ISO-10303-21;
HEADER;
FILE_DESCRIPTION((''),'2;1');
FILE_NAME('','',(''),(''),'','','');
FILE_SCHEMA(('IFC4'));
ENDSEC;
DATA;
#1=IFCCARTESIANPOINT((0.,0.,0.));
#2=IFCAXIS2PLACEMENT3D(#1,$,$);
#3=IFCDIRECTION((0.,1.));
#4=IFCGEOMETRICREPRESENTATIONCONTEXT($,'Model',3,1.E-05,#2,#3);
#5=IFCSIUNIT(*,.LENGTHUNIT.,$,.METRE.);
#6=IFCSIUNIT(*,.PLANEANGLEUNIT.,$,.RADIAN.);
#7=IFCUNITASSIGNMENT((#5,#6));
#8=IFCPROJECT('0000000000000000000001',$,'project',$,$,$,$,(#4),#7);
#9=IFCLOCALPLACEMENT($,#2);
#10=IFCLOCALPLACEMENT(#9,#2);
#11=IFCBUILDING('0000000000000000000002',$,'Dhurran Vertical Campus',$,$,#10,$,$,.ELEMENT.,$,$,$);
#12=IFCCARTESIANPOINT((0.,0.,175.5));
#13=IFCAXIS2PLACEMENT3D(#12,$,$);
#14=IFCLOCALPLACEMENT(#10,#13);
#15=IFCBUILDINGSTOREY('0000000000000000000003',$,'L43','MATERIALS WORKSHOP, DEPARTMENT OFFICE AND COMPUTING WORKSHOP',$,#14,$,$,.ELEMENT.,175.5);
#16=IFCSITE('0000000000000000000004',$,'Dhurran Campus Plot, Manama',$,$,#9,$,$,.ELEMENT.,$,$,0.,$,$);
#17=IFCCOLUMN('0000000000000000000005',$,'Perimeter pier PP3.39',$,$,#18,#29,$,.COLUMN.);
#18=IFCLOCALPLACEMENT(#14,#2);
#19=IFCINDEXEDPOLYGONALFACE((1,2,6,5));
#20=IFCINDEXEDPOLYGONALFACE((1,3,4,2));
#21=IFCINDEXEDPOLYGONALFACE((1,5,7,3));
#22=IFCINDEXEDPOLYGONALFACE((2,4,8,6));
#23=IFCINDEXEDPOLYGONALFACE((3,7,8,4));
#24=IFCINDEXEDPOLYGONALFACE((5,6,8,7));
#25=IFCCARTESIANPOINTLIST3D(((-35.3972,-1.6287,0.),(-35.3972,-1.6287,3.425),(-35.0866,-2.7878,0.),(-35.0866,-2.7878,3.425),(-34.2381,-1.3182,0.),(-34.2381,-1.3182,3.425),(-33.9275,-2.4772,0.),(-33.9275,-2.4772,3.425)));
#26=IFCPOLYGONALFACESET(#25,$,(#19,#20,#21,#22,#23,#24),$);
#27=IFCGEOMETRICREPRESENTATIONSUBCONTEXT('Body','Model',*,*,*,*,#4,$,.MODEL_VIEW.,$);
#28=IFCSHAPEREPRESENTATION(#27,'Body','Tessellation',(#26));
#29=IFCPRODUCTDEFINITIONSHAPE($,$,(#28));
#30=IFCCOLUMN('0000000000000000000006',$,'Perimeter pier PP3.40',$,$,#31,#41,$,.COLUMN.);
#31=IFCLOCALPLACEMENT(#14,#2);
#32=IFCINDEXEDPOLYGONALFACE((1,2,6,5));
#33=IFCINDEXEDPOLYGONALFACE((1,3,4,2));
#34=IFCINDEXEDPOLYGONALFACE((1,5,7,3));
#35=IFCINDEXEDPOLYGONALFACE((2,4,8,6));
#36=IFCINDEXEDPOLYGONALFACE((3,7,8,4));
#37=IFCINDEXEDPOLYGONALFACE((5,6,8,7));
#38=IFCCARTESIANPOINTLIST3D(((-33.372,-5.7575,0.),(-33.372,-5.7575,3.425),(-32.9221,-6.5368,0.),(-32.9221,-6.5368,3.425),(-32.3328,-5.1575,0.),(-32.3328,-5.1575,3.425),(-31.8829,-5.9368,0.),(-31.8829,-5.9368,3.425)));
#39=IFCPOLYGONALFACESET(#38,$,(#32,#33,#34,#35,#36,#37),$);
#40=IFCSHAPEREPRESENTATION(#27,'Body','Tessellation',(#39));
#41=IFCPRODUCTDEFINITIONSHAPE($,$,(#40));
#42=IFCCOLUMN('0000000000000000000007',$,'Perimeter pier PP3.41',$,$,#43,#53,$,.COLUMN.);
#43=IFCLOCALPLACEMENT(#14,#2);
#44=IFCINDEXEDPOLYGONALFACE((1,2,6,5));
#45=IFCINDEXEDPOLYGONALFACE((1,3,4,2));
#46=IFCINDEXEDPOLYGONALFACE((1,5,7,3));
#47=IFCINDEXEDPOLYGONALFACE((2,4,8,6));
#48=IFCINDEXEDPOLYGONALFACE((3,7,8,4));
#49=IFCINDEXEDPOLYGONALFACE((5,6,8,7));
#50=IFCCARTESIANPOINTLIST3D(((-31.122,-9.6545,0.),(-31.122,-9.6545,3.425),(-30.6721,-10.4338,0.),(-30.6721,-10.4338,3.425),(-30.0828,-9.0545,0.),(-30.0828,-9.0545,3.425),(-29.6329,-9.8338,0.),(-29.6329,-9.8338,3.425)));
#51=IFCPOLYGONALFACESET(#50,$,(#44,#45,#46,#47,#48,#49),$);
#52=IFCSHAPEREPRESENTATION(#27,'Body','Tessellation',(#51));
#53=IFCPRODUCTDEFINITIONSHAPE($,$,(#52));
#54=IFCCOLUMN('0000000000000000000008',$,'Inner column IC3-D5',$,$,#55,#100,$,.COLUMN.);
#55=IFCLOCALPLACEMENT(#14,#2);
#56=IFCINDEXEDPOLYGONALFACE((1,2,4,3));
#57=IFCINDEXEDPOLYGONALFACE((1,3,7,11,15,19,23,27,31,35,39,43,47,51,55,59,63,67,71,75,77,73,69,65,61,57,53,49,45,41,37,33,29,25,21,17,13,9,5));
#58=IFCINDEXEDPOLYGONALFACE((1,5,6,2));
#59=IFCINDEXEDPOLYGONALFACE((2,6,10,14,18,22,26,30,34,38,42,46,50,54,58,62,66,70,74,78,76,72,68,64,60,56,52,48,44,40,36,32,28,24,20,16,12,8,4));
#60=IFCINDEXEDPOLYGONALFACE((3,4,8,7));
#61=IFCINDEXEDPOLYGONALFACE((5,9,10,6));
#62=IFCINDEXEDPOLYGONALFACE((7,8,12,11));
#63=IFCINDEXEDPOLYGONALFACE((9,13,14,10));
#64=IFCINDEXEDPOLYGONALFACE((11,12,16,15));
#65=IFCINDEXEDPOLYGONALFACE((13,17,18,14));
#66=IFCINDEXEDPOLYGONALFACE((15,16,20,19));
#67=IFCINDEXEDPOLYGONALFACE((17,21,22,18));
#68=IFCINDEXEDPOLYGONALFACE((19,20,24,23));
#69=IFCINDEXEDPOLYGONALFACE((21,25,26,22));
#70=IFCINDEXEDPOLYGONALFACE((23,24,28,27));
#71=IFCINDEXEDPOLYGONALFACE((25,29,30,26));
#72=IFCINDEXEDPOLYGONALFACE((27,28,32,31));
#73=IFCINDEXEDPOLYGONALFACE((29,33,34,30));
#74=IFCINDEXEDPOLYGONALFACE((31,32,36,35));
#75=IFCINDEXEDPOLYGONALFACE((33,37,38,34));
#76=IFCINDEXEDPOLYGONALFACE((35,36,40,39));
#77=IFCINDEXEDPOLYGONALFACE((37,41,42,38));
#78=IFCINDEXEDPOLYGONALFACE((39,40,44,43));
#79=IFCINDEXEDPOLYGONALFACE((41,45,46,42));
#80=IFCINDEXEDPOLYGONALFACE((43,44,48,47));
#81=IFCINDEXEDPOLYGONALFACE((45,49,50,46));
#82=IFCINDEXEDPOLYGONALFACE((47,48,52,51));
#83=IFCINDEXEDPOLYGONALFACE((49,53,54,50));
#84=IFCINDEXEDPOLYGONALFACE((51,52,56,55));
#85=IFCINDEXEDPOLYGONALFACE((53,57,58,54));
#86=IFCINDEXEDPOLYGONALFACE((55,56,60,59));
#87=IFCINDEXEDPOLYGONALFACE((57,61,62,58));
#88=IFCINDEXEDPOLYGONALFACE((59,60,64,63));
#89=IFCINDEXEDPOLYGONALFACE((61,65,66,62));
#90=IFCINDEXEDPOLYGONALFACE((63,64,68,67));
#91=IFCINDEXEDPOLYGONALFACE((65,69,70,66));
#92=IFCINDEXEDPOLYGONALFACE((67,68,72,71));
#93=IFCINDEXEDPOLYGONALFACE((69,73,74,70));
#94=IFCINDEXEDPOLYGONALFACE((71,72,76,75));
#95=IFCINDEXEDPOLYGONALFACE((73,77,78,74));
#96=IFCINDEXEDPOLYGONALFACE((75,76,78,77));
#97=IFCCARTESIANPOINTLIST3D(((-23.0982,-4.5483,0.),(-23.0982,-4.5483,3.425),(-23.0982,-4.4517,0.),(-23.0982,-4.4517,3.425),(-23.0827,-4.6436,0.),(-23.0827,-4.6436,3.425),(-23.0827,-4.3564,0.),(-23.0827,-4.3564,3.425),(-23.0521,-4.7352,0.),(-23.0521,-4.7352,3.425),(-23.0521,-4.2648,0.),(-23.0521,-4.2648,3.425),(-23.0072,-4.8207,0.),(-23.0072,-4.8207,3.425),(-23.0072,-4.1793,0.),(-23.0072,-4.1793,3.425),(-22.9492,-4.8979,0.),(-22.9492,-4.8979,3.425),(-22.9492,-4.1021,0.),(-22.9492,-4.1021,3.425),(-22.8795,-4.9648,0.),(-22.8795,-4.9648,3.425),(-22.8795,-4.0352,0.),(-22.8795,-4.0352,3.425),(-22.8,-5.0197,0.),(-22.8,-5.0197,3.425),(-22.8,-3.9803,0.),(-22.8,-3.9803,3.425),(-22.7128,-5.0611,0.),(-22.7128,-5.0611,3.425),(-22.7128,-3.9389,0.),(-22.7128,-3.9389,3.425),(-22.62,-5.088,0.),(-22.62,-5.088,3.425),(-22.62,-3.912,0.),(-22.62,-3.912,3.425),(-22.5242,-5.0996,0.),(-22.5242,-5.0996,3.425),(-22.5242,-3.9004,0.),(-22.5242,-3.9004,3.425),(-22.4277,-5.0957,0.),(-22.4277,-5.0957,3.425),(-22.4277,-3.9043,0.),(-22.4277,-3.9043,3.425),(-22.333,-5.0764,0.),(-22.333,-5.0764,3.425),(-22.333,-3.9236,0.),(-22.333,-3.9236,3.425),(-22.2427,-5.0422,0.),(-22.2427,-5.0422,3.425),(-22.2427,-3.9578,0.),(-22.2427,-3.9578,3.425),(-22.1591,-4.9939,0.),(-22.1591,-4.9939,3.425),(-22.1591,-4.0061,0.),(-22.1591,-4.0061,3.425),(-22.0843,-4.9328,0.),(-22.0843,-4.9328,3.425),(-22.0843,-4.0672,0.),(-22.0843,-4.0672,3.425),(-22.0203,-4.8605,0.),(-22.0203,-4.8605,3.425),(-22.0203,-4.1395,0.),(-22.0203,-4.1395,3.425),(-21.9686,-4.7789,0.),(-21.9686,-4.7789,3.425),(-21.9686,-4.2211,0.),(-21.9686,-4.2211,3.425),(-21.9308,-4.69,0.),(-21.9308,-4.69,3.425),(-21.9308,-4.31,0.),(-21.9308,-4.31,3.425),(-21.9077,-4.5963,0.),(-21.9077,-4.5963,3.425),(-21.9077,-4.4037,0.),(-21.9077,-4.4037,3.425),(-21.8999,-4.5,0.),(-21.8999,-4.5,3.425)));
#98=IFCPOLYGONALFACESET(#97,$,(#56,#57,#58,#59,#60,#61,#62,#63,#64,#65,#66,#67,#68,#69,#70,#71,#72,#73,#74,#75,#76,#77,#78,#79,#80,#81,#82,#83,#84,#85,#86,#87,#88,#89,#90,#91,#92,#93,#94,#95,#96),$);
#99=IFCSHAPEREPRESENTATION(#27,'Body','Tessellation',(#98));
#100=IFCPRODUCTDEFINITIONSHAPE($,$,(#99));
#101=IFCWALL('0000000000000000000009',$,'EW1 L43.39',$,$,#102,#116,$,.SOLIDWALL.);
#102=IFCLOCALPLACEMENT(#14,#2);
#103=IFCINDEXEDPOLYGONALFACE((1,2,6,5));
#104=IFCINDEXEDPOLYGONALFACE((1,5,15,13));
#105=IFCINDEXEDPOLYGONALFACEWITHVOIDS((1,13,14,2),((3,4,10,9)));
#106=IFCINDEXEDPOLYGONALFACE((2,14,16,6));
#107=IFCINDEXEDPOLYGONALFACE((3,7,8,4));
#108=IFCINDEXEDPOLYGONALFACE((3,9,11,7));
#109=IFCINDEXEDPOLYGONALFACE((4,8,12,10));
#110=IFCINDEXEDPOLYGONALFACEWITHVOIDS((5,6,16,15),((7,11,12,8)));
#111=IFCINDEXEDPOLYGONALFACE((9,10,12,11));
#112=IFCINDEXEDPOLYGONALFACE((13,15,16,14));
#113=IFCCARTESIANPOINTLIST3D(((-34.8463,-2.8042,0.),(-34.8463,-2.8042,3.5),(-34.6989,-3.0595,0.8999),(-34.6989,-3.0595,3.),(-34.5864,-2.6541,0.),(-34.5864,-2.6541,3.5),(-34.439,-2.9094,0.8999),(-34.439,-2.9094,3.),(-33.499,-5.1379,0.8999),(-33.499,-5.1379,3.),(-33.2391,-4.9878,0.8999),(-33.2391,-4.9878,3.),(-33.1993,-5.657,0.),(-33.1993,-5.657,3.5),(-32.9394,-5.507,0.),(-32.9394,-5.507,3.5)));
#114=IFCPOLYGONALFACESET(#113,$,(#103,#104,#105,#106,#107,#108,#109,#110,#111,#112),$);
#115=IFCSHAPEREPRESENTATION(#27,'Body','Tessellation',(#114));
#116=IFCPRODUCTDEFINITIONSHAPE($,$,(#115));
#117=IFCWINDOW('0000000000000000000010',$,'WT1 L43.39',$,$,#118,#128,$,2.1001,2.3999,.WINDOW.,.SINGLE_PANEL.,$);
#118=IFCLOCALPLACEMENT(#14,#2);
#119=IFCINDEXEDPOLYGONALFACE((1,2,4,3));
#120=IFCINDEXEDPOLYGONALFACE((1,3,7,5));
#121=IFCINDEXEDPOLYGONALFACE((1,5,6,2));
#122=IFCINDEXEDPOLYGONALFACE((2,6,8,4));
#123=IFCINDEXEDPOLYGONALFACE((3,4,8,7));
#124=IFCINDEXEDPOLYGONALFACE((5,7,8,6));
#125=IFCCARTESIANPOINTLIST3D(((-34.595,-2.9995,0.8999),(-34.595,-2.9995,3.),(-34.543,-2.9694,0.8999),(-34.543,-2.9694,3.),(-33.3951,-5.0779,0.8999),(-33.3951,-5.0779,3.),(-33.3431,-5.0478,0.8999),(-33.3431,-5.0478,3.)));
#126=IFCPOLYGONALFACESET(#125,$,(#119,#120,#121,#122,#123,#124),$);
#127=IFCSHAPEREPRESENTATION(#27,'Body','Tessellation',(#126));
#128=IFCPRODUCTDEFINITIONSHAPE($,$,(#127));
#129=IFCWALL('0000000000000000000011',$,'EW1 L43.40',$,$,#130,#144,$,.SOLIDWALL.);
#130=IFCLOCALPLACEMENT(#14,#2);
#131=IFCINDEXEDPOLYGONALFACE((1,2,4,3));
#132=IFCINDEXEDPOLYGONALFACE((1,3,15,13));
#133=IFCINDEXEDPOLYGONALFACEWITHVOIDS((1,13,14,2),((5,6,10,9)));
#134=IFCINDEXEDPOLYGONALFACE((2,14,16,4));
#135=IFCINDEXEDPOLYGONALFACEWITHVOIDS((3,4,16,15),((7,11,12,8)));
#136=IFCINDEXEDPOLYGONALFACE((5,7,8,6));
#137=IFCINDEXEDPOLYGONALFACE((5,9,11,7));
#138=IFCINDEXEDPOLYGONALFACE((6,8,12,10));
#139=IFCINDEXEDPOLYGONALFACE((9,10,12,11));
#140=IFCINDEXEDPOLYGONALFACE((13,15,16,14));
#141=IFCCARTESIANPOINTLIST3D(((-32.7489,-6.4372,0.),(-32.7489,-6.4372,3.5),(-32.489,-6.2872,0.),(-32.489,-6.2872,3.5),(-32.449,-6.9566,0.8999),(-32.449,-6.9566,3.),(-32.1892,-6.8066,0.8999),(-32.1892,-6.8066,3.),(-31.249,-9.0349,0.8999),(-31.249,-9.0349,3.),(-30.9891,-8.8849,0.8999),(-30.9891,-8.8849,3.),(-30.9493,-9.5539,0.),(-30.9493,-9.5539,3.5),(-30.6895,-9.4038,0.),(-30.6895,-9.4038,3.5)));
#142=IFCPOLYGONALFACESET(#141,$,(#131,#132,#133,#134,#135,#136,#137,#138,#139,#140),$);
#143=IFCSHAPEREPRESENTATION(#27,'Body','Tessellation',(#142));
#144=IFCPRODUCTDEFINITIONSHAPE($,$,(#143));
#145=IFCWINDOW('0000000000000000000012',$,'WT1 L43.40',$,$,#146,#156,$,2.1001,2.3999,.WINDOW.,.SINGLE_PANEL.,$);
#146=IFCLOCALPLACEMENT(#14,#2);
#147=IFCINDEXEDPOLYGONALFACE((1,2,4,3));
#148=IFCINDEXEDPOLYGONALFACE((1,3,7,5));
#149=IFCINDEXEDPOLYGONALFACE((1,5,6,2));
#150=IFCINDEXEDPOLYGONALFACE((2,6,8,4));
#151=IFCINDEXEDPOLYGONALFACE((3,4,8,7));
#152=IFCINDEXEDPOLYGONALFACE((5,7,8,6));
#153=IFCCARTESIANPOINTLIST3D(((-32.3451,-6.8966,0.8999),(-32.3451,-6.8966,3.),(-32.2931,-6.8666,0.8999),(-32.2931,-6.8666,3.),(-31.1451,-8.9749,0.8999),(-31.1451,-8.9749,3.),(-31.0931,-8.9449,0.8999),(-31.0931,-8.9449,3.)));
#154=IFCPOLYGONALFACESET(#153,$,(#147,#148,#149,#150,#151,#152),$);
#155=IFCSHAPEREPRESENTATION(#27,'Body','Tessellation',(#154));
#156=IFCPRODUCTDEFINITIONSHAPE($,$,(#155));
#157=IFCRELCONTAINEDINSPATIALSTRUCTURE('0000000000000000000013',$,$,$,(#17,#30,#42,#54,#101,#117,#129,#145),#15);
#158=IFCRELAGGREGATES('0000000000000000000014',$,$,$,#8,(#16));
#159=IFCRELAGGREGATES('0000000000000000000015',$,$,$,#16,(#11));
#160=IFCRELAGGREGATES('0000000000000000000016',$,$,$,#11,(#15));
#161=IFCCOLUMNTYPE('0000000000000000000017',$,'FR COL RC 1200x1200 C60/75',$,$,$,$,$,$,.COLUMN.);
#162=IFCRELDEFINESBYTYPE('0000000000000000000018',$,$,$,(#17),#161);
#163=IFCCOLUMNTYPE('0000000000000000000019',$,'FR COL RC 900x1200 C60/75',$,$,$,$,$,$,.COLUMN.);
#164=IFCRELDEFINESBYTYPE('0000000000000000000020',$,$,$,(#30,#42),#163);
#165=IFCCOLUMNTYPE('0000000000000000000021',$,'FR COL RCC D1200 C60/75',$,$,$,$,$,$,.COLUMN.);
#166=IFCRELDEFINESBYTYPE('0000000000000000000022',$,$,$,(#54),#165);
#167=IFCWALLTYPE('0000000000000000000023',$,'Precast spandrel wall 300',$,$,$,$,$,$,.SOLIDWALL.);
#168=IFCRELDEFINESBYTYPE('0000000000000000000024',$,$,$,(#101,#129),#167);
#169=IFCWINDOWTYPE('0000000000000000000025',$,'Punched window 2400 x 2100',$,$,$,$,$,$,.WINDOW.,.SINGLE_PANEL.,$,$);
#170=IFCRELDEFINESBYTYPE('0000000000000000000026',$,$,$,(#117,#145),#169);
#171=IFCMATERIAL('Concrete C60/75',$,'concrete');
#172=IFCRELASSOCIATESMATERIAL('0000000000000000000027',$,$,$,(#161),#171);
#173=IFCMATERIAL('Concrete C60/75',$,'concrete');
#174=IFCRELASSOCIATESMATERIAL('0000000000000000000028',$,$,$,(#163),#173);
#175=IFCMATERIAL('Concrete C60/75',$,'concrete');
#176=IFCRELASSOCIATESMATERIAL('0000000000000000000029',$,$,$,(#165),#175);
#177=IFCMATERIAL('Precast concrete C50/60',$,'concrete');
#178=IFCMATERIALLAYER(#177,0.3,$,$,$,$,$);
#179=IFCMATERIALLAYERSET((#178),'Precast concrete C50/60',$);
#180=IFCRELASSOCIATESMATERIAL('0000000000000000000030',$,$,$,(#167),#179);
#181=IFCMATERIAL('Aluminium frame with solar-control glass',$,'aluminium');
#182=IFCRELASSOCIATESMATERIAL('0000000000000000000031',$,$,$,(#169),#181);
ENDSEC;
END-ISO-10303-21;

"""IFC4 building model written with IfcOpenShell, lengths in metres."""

from ifc_helpers import new_model, si_unit, direction, frame, frame_2d, origin, origin_2d, place, context, subcontext, project, spatial, rectangle, circle, extrude, material, layer, layer_set, material_profile, profile_set, type_object, element, fill, save


model = new_model("IFC4")

# Units and contexts
model_context = context("Model", 3, precision=1e-05, world=origin(), true_north=direction((0.0, 1.0)))
body_context = subcontext(model_context, "Body", "Model", "MODEL_VIEW")
ifc_project = project(units=[si_unit("LENGTHUNIT", "METRE"), si_unit("PLANEANGLEUNIT", "RADIAN")], contexts=[model_context])

# Site, building, storey
site_placement = place(None, origin())
site = spatial("IfcSite", under=ifc_project, at=site_placement, Name="Dhurran Campus Plot, Manama", CompositionType="ELEMENT", RefElevation=0.0)
building_placement = place(site_placement, origin())
building = spatial("IfcBuilding", under=site, at=building_placement, Name="Dhurran Vertical Campus", CompositionType="ELEMENT")
storey_placement = place(building_placement, frame((0.0, 0.0, 175.5)))
storey = spatial("IfcBuildingStorey", under=building, at=storey_placement, Name="L43", Description="MATERIALS WORKSHOP, DEPARTMENT OFFICE AND COMPUTING WORKSHOP", CompositionType="ELEMENT", Elevation=175.5)

# Columns
ifc_material_1 = material(Name="Concrete C60/75", Category="concrete")
ifc_material_profile_1 = material_profile(ifc_material_1, rectangle(XDim=1.2, YDim=1.2, at=origin_2d()), Name="RC 1200x1200")
ifc_profile_set_1 = profile_set([ifc_material_profile_1], Name="Concrete C60/75")
column_type_1 = type_object("IfcColumnType", Name="FR COL RC 1200x1200 C60/75", PredefinedType="COLUMN", material=ifc_profile_set_1)
column_1_placement = place(storey_placement, frame((-34.6624, -2.053, 0.0), z_axis=(0.0, 0.0, 1.0), x_axis=(0.258819, -0.965926, 0.0)))
element("IfcColumn", 1, at=column_1_placement, inside=storey, type_object=column_type_1, Name="Perimeter pier PP3.39", PredefinedType="COLUMN", context=body_context, shape_type="SweptSolid", body=[
    extrude(rectangle(XDim=1.2, YDim=1.2, at=origin_2d()), origin(), (0.0, 0.0, 1.0), 3.425),
])
ifc_material_2 = material(Name="Concrete C60/75", Category="concrete")
ifc_material_profile_2 = material_profile(ifc_material_2, rectangle(XDim=0.8999, YDim=1.2, at=origin_2d()), Name="RC 900x1200")
ifc_profile_set_2 = profile_set([ifc_material_profile_2], Name="Concrete C60/75")
column_type_2 = type_object("IfcColumnType", Name="FR COL RC 900x1200 C60/75", PredefinedType="COLUMN", material=ifc_profile_set_2)
for number, where, z_axis, x_axis, name in (
    (2, (-32.6274, -5.8472, 0.0), (0.0, 0.0, 1.0), (0.5, -0.866025, 0.0), "Perimeter pier PP3.40"),
    (3, (-30.3774, -9.7441, 0.0), (0.0, 0.0, 1.0), (0.5, -0.866025, 0.0), "Perimeter pier PP3.41"),
):
    element("IfcColumn", number, at=place(storey_placement, frame(where, z_axis=z_axis, x_axis=x_axis)), inside=storey, type_object=column_type_2, Name=name, PredefinedType="COLUMN", context=body_context, shape_type="SweptSolid", body=[
        extrude(rectangle(XDim=0.8999, YDim=1.2, at=origin_2d()), origin(), (0.0, 0.0, 1.0), 3.425),
    ])
ifc_material_3 = material(Name="Concrete C60/75", Category="concrete")
ifc_material_profile_3 = material_profile(ifc_material_3, circle(Radius=0.6001, at=origin_2d()), Name="RCC D1200")
ifc_profile_set_3 = profile_set([ifc_material_profile_3], Name="Concrete C60/75")
column_type_3 = type_object("IfcColumnType", Name="FR COL RCC D1200 C60/75", PredefinedType="COLUMN", material=ifc_profile_set_3)
column_2_placement = place(storey_placement, frame((-22.5, -4.5, 0.0), z_axis=(0.0, 0.0, 1.0), x_axis=(1.0, 0.0, 0.0)))
element("IfcColumn", 4, at=column_2_placement, inside=storey, type_object=column_type_3, Name="Inner column IC3-D5", PredefinedType="COLUMN", context=body_context, shape_type="SweptSolid", body=[
    extrude(circle(Radius=0.6001, at=origin_2d()), origin(), (0.0, 0.0, 1.0), 3.425),
])

# Walls, openings, windows
ifc_material_4 = material(Name="Precast concrete C50/60", Category="concrete")
ifc_layer_1 = layer(ifc_material_4, 0.3)
ifc_layer_set_1 = layer_set([ifc_layer_1], Name="Precast concrete C50/60")
wall_type_1 = type_object("IfcWallType", Name="Precast spandrel wall 300", PredefinedType="SOLIDWALL", material=ifc_layer_set_1)
wall_1_placement = place(storey_placement, frame((-34.7163, -2.7292, 0.0), z_axis=(0.0, 0.0, 1.0), x_axis=(0.499981, -0.866036, 0.0)))
wall_1 = element("IfcWall", 5, at=wall_1_placement, inside=storey, type_object=wall_type_1, Name="EW1 L43.39", PredefinedType="SOLIDWALL", context=body_context, shape_type="SweptSolid", body=[
    extrude(rectangle(XDim=3.2942, YDim=0.3, at=frame_2d((1.647, 0.0))), origin(), (0.0, 0.0, 1.0), 3.5),
])
opening_1_placement = place(wall_1_placement, frame((0.2947, 0.0, 0.8999)))
opening_1 = element("IfcOpeningElement", 6, at=opening_1_placement, cuts=wall_1, PredefinedType="OPENING", context=body_context, shape_type="SweptSolid", body=[
    extrude(rectangle(XDim=2.3999, YDim=2.1001, at=frame_2d((1.2, 1.05))), frame((0.0, 0.1599, 0.0), z_axis=(0.0, -1.0, 0.0), x_axis=(1.0, 0.0, 0.0)), (0.0, 0.0, 1.0), 0.3201),
])
ifc_material_5 = material(Name="Aluminium frame with solar-control glass", Category="aluminium")
window_type = type_object("IfcWindowType", Name="Punched window 2400 x 2100", PartitioningType="SINGLE_PANEL", PredefinedType="WINDOW", material=ifc_material_5)
window_1_placement = place(opening_1_placement, origin())
window_1 = element("IfcWindow", 7, at=window_1_placement, inside=storey, type_object=window_type, Name="WT1 L43.39", OverallHeight=2.1001, OverallWidth=2.3999, PartitioningType="SINGLE_PANEL", PredefinedType="WINDOW", context=body_context, shape_type="SweptSolid", body=[
    extrude(rectangle(XDim=2.3999, YDim=2.1001, at=frame_2d((1.2, 1.05))), frame((0.0, 0.03, 0.0), z_axis=(0.0, -1.0, 0.0), x_axis=(1.0, 0.0, 0.0)), (0.0, 0.0, 1.0), 0.0601),
])
fill(opening_1, window_1)
wall_2_placement = place(storey_placement, frame((-32.6189, -6.3623, 0.0), z_axis=(0.0, 0.0, 1.0), x_axis=(0.500028, -0.866009, 0.0)))
wall_2 = element("IfcWall", 8, at=wall_2_placement, inside=storey, type_object=wall_type_1, Name="EW1 L43.40", PredefinedType="SOLIDWALL", context=body_context, shape_type="SweptSolid", body=[
    extrude(rectangle(XDim=3.5989, YDim=0.3, at=frame_2d((1.7993, 0.0))), origin(), (0.0, 0.0, 1.0), 3.5),
])
opening_2_placement = place(wall_2_placement, frame((0.5996, 0.0, 0.8999)))
opening_2 = element("IfcOpeningElement", 9, at=opening_2_placement, cuts=wall_2, PredefinedType="OPENING", context=body_context, shape_type="SweptSolid", body=[
    extrude(rectangle(XDim=2.3999, YDim=2.1001, at=frame_2d((1.2, 1.05))), frame((0.0, 0.1599, 0.0), z_axis=(0.0, -1.0, 0.0), x_axis=(1.0, 0.0, 0.0)), (0.0, 0.0, 1.0), 0.3201),
])
window_2_placement = place(opening_2_placement, origin())
window_2 = element("IfcWindow", 10, at=window_2_placement, inside=storey, type_object=window_type, Name="WT1 L43.40", OverallHeight=2.1001, OverallWidth=2.3999, PartitioningType="SINGLE_PANEL", PredefinedType="WINDOW", context=body_context, shape_type="SweptSolid", body=[
    extrude(rectangle(XDim=2.3999, YDim=2.1001, at=frame_2d((1.2, 1.05))), frame((0.0, 0.03, 0.0), z_axis=(0.0, -1.0, 0.0), x_axis=(1.0, 0.0, 0.0)), (0.0, 0.0, 1.0), 0.0601),
])
fill(opening_2, window_2)

save(model, "model.ifc")
